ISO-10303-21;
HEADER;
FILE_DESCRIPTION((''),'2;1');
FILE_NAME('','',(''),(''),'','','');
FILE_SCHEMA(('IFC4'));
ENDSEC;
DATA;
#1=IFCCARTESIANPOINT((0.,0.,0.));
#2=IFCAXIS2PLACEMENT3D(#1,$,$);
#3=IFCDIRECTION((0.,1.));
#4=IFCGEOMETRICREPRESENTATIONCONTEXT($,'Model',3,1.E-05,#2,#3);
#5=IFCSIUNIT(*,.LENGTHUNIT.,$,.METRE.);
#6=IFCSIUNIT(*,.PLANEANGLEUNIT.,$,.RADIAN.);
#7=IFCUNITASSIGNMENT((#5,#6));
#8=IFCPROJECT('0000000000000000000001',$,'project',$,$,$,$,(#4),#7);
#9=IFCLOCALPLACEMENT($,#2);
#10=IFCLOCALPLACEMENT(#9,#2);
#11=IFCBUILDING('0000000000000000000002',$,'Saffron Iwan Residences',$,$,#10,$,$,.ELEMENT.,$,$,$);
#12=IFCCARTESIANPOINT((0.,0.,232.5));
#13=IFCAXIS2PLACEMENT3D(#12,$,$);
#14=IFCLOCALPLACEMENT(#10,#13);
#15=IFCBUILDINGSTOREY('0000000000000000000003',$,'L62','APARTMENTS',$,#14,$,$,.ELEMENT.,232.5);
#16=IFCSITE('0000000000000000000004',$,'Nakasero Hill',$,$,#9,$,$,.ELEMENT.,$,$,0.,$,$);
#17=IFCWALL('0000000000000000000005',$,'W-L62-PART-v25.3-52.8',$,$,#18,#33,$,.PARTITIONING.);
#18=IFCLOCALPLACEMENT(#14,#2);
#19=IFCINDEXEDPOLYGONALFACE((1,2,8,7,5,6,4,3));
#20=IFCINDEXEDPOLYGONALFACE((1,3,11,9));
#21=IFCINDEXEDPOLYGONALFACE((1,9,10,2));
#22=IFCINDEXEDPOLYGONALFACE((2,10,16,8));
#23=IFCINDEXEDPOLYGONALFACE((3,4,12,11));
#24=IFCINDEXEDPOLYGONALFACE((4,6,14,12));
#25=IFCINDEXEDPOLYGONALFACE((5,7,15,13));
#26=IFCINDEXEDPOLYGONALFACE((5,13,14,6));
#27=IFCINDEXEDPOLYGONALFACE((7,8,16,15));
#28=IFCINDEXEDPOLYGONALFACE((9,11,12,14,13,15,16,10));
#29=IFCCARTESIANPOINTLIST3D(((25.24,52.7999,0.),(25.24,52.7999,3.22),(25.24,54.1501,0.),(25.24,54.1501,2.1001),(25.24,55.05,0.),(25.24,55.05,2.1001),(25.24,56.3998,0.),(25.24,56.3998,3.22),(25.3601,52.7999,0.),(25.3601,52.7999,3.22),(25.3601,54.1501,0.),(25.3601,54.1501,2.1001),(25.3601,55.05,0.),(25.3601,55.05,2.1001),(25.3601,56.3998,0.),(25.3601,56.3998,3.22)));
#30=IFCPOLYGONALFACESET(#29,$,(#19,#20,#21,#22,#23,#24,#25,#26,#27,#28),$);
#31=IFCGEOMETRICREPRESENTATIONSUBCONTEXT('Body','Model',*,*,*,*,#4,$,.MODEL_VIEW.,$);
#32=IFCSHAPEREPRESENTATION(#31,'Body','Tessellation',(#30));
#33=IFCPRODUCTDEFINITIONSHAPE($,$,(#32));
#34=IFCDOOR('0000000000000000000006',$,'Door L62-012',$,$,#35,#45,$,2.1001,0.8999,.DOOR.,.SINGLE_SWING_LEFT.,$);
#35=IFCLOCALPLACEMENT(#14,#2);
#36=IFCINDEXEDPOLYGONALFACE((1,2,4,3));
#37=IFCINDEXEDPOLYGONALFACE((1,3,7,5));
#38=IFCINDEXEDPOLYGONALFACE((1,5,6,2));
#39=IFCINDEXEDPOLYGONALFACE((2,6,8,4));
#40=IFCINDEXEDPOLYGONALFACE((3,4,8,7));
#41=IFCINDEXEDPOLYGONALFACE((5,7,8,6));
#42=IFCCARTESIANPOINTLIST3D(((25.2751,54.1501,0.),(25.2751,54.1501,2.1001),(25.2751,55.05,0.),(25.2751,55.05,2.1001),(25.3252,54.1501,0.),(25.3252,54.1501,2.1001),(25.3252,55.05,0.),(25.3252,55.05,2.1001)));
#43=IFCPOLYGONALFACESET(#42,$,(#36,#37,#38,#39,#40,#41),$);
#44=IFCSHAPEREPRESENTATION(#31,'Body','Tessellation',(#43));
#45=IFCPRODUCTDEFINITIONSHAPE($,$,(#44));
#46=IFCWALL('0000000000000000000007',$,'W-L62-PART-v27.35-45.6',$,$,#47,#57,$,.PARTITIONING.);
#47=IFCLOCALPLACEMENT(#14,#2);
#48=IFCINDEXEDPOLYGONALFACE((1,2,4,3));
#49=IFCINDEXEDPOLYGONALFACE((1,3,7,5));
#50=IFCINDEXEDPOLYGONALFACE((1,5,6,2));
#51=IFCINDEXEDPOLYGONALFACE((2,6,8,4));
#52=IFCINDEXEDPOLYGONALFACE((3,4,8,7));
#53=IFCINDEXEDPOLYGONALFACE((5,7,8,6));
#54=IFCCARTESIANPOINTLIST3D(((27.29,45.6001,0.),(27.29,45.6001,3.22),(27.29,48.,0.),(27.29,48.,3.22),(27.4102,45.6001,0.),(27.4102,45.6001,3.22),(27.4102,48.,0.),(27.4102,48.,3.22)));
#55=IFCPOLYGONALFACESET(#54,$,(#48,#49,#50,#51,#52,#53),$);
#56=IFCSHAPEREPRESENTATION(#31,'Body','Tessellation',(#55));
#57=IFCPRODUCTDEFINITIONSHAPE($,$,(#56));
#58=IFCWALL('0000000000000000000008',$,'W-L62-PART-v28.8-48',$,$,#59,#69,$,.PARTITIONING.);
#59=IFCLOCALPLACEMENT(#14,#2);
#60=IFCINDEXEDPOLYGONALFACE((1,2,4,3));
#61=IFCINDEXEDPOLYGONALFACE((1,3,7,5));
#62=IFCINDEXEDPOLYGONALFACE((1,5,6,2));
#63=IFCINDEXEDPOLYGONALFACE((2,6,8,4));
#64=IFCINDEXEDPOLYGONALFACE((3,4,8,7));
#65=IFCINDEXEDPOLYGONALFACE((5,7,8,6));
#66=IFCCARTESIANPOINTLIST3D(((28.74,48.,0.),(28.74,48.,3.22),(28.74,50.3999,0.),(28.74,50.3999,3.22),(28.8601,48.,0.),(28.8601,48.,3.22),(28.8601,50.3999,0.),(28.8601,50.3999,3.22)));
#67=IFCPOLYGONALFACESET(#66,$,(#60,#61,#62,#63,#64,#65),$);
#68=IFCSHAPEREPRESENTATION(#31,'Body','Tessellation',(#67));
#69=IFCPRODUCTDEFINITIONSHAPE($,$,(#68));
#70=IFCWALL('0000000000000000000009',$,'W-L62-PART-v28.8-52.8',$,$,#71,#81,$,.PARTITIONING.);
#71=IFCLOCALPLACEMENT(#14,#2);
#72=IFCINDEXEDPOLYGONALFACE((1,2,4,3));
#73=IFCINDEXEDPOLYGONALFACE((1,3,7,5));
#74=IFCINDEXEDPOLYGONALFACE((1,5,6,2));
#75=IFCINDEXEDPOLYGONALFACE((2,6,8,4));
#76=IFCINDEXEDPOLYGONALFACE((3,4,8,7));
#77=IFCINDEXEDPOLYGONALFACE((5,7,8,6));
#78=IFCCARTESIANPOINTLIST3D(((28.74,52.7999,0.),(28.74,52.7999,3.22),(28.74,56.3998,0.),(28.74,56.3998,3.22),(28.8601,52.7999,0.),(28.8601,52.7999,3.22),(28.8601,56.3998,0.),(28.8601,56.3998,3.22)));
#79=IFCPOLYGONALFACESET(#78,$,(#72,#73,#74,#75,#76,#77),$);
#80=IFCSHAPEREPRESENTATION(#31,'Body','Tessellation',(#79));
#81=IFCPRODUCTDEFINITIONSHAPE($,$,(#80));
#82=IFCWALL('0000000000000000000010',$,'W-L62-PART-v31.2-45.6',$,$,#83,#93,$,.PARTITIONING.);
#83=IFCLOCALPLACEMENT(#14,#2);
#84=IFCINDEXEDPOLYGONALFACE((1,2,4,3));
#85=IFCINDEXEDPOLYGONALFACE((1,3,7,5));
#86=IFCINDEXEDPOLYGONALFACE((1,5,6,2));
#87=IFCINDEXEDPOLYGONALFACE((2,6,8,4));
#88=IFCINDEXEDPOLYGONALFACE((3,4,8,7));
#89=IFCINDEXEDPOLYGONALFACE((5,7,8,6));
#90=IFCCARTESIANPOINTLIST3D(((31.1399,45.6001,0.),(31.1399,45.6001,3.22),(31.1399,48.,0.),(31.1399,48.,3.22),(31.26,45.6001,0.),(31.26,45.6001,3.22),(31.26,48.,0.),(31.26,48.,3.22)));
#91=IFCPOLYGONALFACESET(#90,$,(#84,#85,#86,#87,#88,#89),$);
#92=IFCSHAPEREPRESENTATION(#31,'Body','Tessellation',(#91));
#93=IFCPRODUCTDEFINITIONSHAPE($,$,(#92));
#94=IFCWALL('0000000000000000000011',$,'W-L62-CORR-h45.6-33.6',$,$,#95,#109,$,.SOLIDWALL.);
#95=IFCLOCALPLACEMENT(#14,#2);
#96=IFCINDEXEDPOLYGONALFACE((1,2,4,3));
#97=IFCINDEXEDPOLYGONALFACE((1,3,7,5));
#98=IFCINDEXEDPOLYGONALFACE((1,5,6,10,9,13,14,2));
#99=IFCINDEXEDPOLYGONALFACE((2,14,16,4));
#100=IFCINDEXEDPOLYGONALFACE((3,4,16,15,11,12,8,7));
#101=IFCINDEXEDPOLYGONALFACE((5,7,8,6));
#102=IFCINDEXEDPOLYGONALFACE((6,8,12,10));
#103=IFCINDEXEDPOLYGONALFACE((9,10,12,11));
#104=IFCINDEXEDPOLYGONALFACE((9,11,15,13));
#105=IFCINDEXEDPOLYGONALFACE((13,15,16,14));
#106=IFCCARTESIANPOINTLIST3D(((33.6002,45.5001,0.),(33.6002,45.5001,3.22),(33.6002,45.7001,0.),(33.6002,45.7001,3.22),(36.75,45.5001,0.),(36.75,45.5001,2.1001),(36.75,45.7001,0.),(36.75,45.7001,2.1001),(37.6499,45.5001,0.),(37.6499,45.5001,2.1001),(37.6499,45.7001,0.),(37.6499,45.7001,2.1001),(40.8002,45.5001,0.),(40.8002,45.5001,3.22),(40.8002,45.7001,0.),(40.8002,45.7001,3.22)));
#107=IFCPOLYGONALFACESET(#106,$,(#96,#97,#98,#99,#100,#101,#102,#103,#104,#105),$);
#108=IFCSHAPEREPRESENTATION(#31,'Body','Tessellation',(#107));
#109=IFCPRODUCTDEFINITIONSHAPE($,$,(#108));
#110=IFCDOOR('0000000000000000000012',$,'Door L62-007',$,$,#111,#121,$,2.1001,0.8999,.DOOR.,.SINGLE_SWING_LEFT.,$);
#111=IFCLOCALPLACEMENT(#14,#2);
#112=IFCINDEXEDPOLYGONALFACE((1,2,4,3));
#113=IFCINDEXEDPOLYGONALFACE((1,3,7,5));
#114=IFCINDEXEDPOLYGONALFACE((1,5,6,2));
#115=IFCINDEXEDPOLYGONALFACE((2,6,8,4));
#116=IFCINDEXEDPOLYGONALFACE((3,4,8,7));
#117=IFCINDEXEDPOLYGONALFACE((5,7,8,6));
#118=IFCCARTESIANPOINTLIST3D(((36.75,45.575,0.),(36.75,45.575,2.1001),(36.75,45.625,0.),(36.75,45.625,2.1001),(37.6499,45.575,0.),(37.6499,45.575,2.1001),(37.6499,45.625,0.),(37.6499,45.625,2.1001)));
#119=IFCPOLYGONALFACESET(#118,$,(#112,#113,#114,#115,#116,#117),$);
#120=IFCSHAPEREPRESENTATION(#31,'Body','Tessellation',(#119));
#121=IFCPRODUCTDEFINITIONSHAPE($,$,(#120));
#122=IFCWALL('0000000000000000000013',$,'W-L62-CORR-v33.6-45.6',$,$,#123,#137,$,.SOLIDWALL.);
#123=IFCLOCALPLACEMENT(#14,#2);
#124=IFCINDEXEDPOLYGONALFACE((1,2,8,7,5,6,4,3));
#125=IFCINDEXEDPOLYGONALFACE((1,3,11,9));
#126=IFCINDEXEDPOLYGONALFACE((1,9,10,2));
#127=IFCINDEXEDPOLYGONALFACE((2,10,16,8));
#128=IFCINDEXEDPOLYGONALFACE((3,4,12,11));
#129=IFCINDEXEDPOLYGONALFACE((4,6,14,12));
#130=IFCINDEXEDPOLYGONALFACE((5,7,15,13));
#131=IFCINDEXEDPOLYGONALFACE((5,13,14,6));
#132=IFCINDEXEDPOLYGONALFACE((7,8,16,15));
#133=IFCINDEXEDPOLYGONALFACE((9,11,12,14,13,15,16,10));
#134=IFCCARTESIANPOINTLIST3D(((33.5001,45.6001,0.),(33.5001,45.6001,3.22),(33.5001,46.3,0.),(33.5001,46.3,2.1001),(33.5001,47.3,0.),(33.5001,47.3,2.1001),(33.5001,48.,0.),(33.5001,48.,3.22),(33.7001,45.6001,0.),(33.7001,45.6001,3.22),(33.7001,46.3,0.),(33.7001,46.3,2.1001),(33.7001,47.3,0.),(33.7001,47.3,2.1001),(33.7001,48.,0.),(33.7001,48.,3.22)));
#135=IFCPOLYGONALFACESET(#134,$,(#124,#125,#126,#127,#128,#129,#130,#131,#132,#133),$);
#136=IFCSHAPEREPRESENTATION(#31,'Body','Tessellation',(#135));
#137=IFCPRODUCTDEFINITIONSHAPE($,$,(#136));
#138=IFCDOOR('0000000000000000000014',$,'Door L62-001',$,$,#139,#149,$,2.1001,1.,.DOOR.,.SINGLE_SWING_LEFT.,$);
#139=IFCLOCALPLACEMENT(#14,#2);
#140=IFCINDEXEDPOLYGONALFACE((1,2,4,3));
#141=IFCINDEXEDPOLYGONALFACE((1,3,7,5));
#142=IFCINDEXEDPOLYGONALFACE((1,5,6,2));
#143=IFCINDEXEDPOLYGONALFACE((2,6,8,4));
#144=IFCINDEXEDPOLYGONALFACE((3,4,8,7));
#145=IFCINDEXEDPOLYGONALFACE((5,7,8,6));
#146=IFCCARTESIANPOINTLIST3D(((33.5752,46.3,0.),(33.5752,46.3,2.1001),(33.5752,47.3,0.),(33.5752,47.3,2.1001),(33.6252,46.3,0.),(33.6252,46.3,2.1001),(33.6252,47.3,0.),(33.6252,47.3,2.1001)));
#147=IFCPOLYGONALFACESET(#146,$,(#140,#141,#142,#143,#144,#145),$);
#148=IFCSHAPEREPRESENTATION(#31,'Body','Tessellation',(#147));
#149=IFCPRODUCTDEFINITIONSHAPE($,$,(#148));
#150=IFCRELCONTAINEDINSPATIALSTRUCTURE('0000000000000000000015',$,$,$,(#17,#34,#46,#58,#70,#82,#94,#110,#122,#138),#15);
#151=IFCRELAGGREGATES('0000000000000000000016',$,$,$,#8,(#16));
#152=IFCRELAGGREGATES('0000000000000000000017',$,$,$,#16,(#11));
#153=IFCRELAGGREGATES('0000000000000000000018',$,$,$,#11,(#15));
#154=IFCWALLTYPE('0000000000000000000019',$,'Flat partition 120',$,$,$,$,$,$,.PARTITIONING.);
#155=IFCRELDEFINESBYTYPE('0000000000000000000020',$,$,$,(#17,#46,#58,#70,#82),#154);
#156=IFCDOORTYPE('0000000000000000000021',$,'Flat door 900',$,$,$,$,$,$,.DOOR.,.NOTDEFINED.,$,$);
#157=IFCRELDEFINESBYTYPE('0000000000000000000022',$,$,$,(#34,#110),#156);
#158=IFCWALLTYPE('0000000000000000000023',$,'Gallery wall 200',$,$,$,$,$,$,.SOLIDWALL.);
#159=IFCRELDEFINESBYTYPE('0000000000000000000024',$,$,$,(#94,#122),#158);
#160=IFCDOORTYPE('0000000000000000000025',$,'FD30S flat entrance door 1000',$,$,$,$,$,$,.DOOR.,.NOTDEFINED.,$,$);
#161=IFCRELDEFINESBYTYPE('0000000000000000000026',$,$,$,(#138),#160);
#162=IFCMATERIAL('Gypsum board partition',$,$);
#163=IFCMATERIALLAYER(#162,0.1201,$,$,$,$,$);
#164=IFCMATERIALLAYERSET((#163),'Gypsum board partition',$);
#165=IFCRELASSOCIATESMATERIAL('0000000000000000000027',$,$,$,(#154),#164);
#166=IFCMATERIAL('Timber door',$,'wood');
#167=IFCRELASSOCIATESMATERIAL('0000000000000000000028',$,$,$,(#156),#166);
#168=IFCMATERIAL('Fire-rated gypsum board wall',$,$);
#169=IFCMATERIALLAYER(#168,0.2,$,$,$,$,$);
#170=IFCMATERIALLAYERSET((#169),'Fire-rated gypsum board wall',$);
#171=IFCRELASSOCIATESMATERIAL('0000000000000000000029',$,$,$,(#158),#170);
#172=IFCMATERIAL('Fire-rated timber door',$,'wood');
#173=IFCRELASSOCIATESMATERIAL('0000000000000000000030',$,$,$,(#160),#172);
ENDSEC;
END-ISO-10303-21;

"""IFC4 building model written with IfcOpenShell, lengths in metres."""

from ifc_helpers import new_model, si_unit, direction, frame, frame_2d, origin, place, context, subcontext, project, spatial, rectangle, extrude, material, layer, layer_set, type_object, element, fill, save


model = new_model("IFC4")

# Units and contexts
model_context = context("Model", 3, precision=1e-05, world=origin(), true_north=direction((0.0, 1.0)))
body_context = subcontext(model_context, "Body", "Model", "MODEL_VIEW")
ifc_project = project(units=[si_unit("LENGTHUNIT", "METRE"), si_unit("PLANEANGLEUNIT", "RADIAN")], contexts=[model_context])

# Site, building, storey
site_placement = place(None, origin())
site = spatial("IfcSite", under=ifc_project, at=site_placement, Name="Nakasero Hill", CompositionType="ELEMENT", RefElevation=0.0)
building_placement = place(site_placement, origin())
building = spatial("IfcBuilding", under=site, at=building_placement, Name="Saffron Iwan Residences", CompositionType="ELEMENT")
storey_placement = place(building_placement, frame((0.0, 0.0, 232.5)))
storey = spatial("IfcBuildingStorey", under=building, at=storey_placement, Name="L62", Description="APARTMENTS", CompositionType="ELEMENT", Elevation=232.5)

# Wall, opening, door
ifc_material_1 = material(Name="Gypsum board partition")
ifc_layer_1 = layer(ifc_material_1, 0.1201)
ifc_layer_set_1 = layer_set([ifc_layer_1], Name="Gypsum board partition")
wall_type_1 = type_object("IfcWallType", Name="Flat partition 120", PredefinedType="PARTITIONING", material=ifc_layer_set_1)
ifc_material_2 = material(Name="Timber door", Category="wood")
door_type_1 = type_object("IfcDoorType", Name="Flat door 900", OperationType="NOTDEFINED", PredefinedType="DOOR", material=ifc_material_2)
wall_1_placement = place(storey_placement, frame((25.3, 52.8, 0.0), z_axis=(0.0, 0.0, 1.0), x_axis=(0.0, 1.0, 0.0)))
wall_1 = element("IfcWall", 1, at=wall_1_placement, inside=storey, type_object=wall_type_1, Name="W-L62-PART-v25.3-52.8", PredefinedType="PARTITIONING", context=body_context, shape_type="SweptSolid", body=[
    extrude(rectangle(XDim=3.5999, YDim=0.1201, at=frame_2d((1.7998, 0.0))), origin(), (0.0, 0.0, 1.0), 3.22),
])
opening_1_placement = place(wall_1_placement, frame((1.3501, 0.0, 0.0)))
opening_1 = element("IfcOpeningElement", 2, at=opening_1_placement, cuts=wall_1, PredefinedType="OPENING", context=body_context, shape_type="SweptSolid", body=[
    extrude(rectangle(XDim=0.8999, YDim=2.1001, at=frame_2d((0.45, 1.05))), frame((0.0, 0.0701, 0.0), z_axis=(0.0, -1.0, 0.0), x_axis=(1.0, 0.0, 0.0)), (0.0, 0.0, 1.0), 0.1401),
])
door_1_placement = place(opening_1_placement, origin())
door_1 = element("IfcDoor", 3, at=door_1_placement, inside=storey, type_object=door_type_1, Name="Door L62-012", OperationType="SINGLE_SWING_LEFT", OverallHeight=2.1001, OverallWidth=0.8999, PredefinedType="DOOR", context=body_context, shape_type="SweptSolid", body=[
    extrude(rectangle(XDim=0.8999, YDim=2.1001, at=frame_2d((0.45, 1.05))), frame((0.0, 0.0249, 0.0), z_axis=(0.0, -1.0, 0.0), x_axis=(1.0, 0.0, 0.0)), (0.0, 0.0, 1.0), 0.05),
])
fill(opening_1, door_1)

# Walls
for number, where, z_axis, x_axis, name in (
    (4, (27.3501, 45.6001, 0.0), (0.0, 0.0, 1.0), (0.0, 1.0, 0.0), "W-L62-PART-v27.35-45.6"),
    (5, (28.8, 48.0, 0.0), (0.0, 0.0, 1.0), (0.0, 1.0, 0.0), "W-L62-PART-v28.8-48"),
):
    element("IfcWall", number, at=place(storey_placement, frame(where, z_axis=z_axis, x_axis=x_axis)), inside=storey, type_object=wall_type_1, Name=name, PredefinedType="PARTITIONING", context=body_context, shape_type="SweptSolid", body=[
        extrude(rectangle(XDim=2.3999, YDim=0.1201, at=frame_2d((1.2, 0.0))), origin(), (0.0, 0.0, 1.0), 3.22),
    ])
wall_2_placement = place(storey_placement, frame((28.8, 52.8, 0.0), z_axis=(0.0, 0.0, 1.0), x_axis=(0.0, 1.0, 0.0)))
element("IfcWall", 6, at=wall_2_placement, inside=storey, type_object=wall_type_1, Name="W-L62-PART-v28.8-52.8", PredefinedType="PARTITIONING", context=body_context, shape_type="SweptSolid", body=[
    extrude(rectangle(XDim=3.5999, YDim=0.1201, at=frame_2d((1.7998, 0.0))), origin(), (0.0, 0.0, 1.0), 3.22),
])
wall_3_placement = place(storey_placement, frame((31.2, 45.6001, 0.0), z_axis=(0.0, 0.0, 1.0), x_axis=(0.0, 1.0, 0.0)))
element("IfcWall", 7, at=wall_3_placement, inside=storey, type_object=wall_type_1, Name="W-L62-PART-v31.2-45.6", PredefinedType="PARTITIONING", context=body_context, shape_type="SweptSolid", body=[
    extrude(rectangle(XDim=2.3999, YDim=0.1201, at=frame_2d((1.2, 0.0))), origin(), (0.0, 0.0, 1.0), 3.22),
])

# Walls, openings, doors
ifc_material_3 = material(Name="Fire-rated gypsum board wall")
ifc_layer_2 = layer(ifc_material_3, 0.2)
ifc_layer_set_2 = layer_set([ifc_layer_2], Name="Fire-rated gypsum board wall")
wall_type_2 = type_object("IfcWallType", Name="Gallery wall 200", PredefinedType="SOLIDWALL", material=ifc_layer_set_2)
wall_4_placement = place(storey_placement, frame((33.6001, 45.6001, 0.0), z_axis=(0.0, 0.0, 1.0), x_axis=(1.0, 0.0, 0.0)))
wall_4 = element("IfcWall", 8, at=wall_4_placement, inside=storey, type_object=wall_type_2, Name="W-L62-CORR-h45.6-33.6", PredefinedType="SOLIDWALL", context=body_context, shape_type="SweptSolid", body=[
    extrude(rectangle(XDim=7.2, YDim=0.2, at=frame_2d((3.6001, 0.0))), origin(), (0.0, 0.0, 1.0), 3.22),
])
opening_2_placement = place(wall_4_placement, frame((3.1499, 0.0, 0.0)))
opening_2 = element("IfcOpeningElement", 9, at=opening_2_placement, cuts=wall_4, PredefinedType="OPENING", context=body_context, shape_type="SweptSolid", body=[
    extrude(rectangle(XDim=0.8999, YDim=2.1001, at=frame_2d((0.45, 1.05))), frame((0.0, 0.1099, 0.0), z_axis=(0.0, -1.0, 0.0), x_axis=(1.0, 0.0, 0.0)), (0.0, 0.0, 1.0), 0.22),
])
door_2_placement = place(opening_2_placement, origin())
door_2 = element("IfcDoor", 10, at=door_2_placement, inside=storey, type_object=door_type_1, Name="Door L62-007", OperationType="SINGLE_SWING_LEFT", OverallHeight=2.1001, OverallWidth=0.8999, PredefinedType="DOOR", context=body_context, shape_type="SweptSolid", body=[
    extrude(rectangle(XDim=0.8999, YDim=2.1001, at=frame_2d((0.45, 1.05))), frame((0.0, 0.0249, 0.0), z_axis=(0.0, -1.0, 0.0), x_axis=(1.0, 0.0, 0.0)), (0.0, 0.0, 1.0), 0.05),
])
fill(opening_2, door_2)
wall_5_placement = place(storey_placement, frame((33.6001, 45.6001, 0.0), z_axis=(0.0, 0.0, 1.0), x_axis=(0.0, 1.0, 0.0)))
wall_5 = element("IfcWall", 11, at=wall_5_placement, inside=storey, type_object=wall_type_2, Name="W-L62-CORR-v33.6-45.6", PredefinedType="SOLIDWALL", context=body_context, shape_type="SweptSolid", body=[
    extrude(rectangle(XDim=2.3999, YDim=0.2, at=frame_2d((1.2, 0.0))), origin(), (0.0, 0.0, 1.0), 3.22),
])
opening_3_placement = place(wall_5_placement, frame((0.7, 0.0, 0.0)))
opening_3 = element("IfcOpeningElement", 12, at=opening_3_placement, cuts=wall_5, PredefinedType="OPENING", context=body_context, shape_type="SweptSolid", body=[
    extrude(rectangle(XDim=1.0, YDim=2.1001, at=frame_2d((0.5, 1.05))), frame((0.0, 0.1099, 0.0), z_axis=(0.0, -1.0, 0.0), x_axis=(1.0, 0.0, 0.0)), (0.0, 0.0, 1.0), 0.22),
])
ifc_material_4 = material(Name="Fire-rated timber door", Category="wood")
door_type_2 = type_object("IfcDoorType", Name="FD30S flat entrance door 1000", OperationType="NOTDEFINED", PredefinedType="DOOR", material=ifc_material_4)
door_3_placement = place(opening_3_placement, origin())
door_3 = element("IfcDoor", 13, at=door_3_placement, inside=storey, type_object=door_type_2, Name="Door L62-001", OperationType="SINGLE_SWING_LEFT", OverallHeight=2.1001, OverallWidth=1.0, PredefinedType="DOOR", context=body_context, shape_type="SweptSolid", body=[
    extrude(rectangle(XDim=1.0, YDim=2.1001, at=frame_2d((0.5, 1.05))), frame((0.0, 0.0249, 0.0), z_axis=(0.0, -1.0, 0.0), x_axis=(1.0, 0.0, 0.0)), (0.0, 0.0, 1.0), 0.05),
])
fill(opening_3, door_3)

save(model, "model.ifc")
